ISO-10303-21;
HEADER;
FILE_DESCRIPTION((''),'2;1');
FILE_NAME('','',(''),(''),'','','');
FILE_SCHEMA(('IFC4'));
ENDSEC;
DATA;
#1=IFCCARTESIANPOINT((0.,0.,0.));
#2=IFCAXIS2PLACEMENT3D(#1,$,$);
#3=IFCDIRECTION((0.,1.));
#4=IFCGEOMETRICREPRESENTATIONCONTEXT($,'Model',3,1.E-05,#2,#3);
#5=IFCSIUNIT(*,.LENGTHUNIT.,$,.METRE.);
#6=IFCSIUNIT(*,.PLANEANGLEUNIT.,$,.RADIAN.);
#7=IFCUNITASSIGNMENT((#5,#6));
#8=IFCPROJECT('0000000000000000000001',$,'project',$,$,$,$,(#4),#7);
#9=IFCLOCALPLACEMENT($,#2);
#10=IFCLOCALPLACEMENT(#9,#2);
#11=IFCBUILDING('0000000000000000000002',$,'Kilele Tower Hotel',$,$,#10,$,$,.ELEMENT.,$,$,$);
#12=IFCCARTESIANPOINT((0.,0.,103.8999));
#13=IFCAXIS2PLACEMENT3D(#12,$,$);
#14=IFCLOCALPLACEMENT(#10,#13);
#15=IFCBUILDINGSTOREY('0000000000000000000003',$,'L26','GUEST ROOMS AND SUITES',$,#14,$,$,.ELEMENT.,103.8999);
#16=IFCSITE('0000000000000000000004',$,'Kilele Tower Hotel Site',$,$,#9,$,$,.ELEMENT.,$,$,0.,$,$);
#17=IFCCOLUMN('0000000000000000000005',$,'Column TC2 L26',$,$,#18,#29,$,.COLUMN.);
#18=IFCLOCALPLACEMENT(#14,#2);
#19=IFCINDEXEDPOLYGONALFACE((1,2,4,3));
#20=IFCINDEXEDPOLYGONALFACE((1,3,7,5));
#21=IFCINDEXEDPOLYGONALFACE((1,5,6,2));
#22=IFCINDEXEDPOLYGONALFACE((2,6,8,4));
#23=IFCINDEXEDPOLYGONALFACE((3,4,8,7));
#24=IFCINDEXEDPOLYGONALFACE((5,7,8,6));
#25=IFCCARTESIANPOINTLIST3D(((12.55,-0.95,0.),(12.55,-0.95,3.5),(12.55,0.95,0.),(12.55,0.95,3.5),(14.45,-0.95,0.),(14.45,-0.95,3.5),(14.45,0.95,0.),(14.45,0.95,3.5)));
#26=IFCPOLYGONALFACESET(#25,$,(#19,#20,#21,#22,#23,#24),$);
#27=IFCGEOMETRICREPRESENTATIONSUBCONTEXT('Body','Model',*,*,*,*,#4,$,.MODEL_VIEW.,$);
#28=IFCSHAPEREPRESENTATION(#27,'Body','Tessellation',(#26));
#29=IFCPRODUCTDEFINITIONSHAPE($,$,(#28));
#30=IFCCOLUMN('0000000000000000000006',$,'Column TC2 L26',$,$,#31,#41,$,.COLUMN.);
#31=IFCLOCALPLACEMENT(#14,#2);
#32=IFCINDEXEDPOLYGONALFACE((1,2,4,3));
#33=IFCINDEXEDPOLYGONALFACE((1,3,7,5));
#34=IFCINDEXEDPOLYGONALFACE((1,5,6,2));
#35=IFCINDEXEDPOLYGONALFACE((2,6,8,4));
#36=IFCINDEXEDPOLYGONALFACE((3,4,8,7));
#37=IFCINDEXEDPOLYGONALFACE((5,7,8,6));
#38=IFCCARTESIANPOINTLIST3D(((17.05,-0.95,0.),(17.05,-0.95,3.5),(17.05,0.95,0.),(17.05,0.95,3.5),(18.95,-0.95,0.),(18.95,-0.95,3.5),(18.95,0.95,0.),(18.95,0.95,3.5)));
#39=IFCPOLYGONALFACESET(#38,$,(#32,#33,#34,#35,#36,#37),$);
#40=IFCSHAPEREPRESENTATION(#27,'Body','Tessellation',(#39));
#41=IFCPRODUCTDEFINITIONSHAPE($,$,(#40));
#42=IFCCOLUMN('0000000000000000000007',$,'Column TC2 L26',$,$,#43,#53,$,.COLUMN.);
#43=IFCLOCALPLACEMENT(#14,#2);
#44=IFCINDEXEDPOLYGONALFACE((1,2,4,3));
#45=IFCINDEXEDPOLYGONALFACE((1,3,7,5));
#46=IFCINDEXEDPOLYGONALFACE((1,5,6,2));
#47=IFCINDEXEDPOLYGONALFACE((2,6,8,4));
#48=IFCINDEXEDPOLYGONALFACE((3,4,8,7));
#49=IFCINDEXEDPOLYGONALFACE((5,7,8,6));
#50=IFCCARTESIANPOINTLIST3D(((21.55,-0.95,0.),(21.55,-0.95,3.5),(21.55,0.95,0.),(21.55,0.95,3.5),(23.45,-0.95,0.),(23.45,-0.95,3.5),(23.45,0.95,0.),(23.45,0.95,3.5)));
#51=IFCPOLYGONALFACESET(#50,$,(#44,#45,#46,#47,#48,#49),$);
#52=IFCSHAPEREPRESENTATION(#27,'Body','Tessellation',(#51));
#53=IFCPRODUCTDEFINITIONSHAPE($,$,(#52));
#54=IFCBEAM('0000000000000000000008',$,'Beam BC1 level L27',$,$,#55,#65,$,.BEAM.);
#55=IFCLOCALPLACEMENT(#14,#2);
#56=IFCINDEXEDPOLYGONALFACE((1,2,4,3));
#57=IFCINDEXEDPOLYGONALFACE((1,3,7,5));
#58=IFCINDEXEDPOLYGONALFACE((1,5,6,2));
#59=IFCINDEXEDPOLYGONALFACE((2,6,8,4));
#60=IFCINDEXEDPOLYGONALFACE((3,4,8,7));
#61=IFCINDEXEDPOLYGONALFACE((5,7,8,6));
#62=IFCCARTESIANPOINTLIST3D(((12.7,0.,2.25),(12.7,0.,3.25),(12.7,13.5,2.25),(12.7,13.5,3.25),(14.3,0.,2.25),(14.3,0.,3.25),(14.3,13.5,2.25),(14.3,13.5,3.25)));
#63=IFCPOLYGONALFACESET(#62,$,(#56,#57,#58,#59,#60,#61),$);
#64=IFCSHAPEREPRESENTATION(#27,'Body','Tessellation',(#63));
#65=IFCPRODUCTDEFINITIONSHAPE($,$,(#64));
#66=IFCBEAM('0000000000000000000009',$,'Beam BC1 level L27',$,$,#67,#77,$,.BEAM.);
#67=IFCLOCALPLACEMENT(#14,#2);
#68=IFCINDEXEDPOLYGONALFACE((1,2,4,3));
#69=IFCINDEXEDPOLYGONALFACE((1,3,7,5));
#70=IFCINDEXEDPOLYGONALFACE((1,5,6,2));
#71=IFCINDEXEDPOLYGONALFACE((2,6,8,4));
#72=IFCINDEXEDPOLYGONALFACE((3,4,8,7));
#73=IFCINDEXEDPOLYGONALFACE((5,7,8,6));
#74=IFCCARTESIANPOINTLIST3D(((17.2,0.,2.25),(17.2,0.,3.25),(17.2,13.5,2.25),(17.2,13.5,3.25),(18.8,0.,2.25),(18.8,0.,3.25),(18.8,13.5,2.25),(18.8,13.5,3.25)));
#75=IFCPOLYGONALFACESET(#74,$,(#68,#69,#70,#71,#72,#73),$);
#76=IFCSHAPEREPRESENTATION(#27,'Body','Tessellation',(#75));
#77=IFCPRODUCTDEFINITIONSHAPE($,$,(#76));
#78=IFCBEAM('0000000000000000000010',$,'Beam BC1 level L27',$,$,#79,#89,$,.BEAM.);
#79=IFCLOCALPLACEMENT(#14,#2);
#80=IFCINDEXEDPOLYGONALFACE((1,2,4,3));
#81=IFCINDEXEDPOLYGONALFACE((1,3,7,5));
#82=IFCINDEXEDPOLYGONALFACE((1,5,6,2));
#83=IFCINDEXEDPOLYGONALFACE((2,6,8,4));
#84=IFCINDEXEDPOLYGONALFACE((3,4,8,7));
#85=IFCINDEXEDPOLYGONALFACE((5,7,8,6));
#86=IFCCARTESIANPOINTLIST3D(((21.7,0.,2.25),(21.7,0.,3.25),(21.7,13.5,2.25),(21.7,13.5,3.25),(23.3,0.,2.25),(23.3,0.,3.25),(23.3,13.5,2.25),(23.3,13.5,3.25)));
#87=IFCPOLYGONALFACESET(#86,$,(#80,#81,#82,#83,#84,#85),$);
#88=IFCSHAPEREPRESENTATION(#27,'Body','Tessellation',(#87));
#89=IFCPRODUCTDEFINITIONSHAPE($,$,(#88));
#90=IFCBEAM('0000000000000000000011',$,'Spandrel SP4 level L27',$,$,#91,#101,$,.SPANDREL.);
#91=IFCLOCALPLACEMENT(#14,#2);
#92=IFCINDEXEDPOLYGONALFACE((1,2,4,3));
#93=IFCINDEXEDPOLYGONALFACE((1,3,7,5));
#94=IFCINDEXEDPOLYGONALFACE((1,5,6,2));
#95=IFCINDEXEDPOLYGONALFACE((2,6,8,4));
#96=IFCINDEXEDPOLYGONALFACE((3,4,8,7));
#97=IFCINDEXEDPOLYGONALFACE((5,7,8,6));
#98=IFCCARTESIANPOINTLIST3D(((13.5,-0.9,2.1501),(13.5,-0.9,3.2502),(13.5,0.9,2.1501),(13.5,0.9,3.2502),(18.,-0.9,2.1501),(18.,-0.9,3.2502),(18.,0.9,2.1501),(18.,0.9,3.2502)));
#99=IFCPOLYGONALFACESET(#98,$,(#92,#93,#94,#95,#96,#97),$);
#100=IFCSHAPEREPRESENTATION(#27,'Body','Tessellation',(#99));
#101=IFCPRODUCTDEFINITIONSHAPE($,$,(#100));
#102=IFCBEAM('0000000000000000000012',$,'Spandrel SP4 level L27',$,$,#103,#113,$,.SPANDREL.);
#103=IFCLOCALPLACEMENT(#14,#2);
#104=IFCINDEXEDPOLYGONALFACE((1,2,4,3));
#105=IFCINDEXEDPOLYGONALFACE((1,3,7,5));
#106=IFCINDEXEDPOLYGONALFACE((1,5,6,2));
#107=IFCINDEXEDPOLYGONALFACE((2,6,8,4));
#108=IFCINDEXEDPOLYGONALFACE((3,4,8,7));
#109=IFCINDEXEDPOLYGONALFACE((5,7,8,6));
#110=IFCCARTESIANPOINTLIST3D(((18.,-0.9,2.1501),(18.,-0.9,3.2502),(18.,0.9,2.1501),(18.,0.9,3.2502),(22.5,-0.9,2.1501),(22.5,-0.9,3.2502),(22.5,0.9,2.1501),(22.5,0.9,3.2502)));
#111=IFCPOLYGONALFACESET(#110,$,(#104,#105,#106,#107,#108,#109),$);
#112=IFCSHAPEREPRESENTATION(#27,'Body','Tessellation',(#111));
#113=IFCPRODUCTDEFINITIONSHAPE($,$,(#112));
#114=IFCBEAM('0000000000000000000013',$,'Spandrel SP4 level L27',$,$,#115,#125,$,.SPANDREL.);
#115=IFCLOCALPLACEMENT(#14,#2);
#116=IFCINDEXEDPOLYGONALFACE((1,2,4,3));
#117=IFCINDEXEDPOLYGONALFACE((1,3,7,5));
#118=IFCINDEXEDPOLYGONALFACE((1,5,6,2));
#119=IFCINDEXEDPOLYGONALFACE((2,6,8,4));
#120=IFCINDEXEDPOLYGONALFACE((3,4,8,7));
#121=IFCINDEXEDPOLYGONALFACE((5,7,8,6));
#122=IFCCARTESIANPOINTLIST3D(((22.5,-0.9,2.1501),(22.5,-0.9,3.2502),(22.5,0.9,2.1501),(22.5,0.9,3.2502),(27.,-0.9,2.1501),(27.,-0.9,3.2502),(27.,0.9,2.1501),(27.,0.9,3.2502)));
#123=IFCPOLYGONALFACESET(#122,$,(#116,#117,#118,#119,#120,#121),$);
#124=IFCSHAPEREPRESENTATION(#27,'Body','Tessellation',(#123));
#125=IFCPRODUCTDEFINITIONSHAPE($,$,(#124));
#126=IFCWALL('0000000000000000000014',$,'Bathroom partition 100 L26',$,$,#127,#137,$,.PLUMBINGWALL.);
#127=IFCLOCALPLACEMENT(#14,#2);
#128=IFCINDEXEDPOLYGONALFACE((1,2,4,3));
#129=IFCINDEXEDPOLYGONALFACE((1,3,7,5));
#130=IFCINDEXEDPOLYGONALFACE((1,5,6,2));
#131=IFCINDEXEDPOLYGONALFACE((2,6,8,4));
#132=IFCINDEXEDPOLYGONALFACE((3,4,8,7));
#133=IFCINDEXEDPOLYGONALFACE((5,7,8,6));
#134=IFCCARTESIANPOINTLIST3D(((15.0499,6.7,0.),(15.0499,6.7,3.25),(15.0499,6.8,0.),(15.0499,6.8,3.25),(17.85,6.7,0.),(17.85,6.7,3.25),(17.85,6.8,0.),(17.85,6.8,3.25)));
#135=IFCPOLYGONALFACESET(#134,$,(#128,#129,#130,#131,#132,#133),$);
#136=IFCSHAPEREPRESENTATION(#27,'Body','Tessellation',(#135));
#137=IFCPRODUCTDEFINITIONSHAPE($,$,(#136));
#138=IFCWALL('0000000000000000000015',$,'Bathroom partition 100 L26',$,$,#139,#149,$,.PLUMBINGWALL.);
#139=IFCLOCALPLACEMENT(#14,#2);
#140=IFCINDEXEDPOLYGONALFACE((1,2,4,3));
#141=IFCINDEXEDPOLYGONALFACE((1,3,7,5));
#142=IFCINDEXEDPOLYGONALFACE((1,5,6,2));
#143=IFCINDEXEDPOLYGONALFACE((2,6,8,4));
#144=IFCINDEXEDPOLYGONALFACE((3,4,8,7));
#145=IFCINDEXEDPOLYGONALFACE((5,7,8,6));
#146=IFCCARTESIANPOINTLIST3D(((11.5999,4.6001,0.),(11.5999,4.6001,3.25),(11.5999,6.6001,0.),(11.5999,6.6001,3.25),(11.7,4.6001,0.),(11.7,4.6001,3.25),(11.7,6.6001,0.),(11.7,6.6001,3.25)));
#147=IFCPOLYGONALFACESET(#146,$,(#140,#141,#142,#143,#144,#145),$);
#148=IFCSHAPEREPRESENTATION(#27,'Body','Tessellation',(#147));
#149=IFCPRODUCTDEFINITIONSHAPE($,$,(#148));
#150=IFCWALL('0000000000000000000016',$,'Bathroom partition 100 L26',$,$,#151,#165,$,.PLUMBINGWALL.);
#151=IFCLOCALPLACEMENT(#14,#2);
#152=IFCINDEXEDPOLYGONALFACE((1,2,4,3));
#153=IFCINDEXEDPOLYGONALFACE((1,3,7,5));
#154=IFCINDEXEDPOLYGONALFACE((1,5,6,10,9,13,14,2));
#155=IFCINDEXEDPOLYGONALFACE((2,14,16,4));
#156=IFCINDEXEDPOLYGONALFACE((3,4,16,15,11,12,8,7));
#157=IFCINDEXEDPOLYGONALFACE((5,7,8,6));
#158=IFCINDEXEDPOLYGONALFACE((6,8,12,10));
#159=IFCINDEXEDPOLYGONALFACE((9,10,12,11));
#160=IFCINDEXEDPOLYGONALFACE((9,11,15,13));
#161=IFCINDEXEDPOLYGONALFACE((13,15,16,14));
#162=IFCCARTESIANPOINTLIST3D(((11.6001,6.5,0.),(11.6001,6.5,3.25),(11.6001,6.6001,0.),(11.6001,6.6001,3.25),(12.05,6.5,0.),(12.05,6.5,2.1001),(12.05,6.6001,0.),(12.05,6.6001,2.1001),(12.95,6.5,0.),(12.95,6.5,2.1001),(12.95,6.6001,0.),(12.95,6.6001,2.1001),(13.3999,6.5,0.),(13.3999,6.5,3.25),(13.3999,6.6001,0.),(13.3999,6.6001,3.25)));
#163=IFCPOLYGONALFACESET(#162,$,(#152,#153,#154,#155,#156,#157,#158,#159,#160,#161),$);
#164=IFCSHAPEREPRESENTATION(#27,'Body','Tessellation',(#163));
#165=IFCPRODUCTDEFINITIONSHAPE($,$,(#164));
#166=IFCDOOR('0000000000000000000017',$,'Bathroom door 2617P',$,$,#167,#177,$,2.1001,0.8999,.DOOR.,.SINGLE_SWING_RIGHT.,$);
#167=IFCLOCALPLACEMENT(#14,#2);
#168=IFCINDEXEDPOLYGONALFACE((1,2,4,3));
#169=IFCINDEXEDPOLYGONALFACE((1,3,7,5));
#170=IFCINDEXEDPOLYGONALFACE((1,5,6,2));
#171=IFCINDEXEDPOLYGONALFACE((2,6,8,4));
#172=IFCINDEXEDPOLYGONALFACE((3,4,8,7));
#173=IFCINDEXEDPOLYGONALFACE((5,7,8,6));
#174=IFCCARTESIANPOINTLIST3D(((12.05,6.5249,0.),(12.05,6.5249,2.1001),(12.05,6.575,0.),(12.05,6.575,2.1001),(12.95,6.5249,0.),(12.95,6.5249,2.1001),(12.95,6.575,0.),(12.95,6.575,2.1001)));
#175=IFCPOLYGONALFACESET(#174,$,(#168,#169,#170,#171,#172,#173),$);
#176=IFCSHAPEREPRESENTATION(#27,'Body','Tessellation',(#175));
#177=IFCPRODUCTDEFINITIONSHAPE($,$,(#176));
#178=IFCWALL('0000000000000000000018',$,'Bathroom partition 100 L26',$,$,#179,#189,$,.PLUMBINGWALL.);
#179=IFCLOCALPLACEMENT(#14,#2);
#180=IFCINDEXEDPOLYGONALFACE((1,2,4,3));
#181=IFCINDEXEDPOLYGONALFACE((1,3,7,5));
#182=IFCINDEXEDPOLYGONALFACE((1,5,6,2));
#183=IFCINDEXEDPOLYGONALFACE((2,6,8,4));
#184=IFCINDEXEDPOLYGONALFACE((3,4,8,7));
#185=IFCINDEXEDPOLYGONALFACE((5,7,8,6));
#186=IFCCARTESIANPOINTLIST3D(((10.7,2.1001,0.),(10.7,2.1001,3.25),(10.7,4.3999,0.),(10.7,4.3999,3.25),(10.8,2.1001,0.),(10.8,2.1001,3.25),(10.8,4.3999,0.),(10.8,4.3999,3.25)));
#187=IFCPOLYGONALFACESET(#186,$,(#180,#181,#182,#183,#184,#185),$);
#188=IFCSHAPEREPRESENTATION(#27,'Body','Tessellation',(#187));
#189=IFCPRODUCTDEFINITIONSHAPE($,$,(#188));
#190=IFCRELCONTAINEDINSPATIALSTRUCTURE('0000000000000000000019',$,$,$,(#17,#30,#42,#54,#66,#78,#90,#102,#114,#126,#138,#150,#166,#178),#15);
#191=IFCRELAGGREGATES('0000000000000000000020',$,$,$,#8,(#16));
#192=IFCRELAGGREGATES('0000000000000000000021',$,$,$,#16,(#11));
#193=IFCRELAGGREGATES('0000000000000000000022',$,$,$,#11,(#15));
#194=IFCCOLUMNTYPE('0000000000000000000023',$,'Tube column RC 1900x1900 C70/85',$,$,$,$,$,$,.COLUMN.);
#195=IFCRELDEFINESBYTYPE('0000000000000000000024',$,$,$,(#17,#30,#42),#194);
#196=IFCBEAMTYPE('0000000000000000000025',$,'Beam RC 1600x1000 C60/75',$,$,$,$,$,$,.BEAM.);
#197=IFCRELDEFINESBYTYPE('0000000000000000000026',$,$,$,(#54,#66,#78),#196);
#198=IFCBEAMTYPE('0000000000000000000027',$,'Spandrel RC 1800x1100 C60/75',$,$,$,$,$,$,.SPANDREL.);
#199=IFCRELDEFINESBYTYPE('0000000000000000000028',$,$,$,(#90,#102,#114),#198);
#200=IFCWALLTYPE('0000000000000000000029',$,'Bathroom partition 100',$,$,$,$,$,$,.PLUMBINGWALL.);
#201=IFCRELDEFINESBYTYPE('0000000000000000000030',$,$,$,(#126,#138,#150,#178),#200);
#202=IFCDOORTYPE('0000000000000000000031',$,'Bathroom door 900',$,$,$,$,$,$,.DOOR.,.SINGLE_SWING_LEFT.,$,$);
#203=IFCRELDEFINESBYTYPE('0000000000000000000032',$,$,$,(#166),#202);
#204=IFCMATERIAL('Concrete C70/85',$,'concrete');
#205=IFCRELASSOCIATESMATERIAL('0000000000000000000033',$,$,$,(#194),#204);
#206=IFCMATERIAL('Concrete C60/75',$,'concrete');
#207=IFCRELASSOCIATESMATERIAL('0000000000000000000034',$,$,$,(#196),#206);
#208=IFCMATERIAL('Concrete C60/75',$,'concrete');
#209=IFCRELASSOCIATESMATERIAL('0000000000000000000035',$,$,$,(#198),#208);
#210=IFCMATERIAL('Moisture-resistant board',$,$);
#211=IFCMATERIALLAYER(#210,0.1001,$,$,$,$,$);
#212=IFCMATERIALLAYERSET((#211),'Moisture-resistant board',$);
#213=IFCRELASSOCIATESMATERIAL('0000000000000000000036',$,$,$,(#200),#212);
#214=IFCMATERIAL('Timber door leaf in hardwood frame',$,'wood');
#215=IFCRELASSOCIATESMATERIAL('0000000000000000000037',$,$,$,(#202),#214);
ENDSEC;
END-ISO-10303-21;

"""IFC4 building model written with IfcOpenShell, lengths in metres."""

from ifc_helpers import new_model, si_unit, direction, frame, frame_2d, origin, origin_2d, place, context, subcontext, project, spatial, rectangle, extrude, material, layer, layer_set, material_profile, profile_set, type_object, element, fill, save


model = new_model("IFC4")

# Units and contexts
model_context = context("Model", 3, precision=1e-05, world=origin(), true_north=direction((0.0, 1.0)))
body_context = subcontext(model_context, "Body", "Model", "MODEL_VIEW")
ifc_project = project(units=[si_unit("LENGTHUNIT", "METRE"), si_unit("PLANEANGLEUNIT", "RADIAN")], contexts=[model_context])

# Site, building, storey
site_placement = place(None, origin())
site = spatial("IfcSite", under=ifc_project, at=site_placement, Name="Kilele Tower Hotel Site", CompositionType="ELEMENT", RefElevation=0.0)
building_placement = place(site_placement, origin())
building = spatial("IfcBuilding", under=site, at=building_placement, Name="Kilele Tower Hotel", CompositionType="ELEMENT")
storey_placement = place(building_placement, frame((0.0, 0.0, 103.8999)))
storey = spatial("IfcBuildingStorey", under=building, at=storey_placement, Name="L26", Description="GUEST ROOMS AND SUITES", CompositionType="ELEMENT", Elevation=103.8999)

# Columns
ifc_material_1 = material(Name="Concrete C70/85", Category="concrete")
ifc_material_profile_1 = material_profile(ifc_material_1, rectangle(XDim=1.8999, YDim=1.8999, at=origin_2d()))
ifc_profile_set_1 = profile_set([ifc_material_profile_1], Name="Concrete C70/85")
column_type = type_object("IfcColumnType", Name="Tube column RC 1900x1900 C70/85", PredefinedType="COLUMN", material=ifc_profile_set_1)
for number, where, z_axis, x_axis, name in (
    (1, (13.5, 0.0, 0.0), (0.0, 0.0, 1.0), (1.0, 0.0, 0.0), "Column TC2 L26"),
    (2, (18.0, 0.0, 0.0), (0.0, 0.0, 1.0), (1.0, 0.0, 0.0), "Column TC2 L26"),
    (3, (22.5, 0.0, 0.0), (0.0, 0.0, 1.0), (1.0, 0.0, 0.0), "Column TC2 L26"),
):
    element("IfcColumn", number, at=place(storey_placement, frame(where, z_axis=z_axis, x_axis=x_axis)), inside=storey, type_object=column_type, Name=name, PredefinedType="COLUMN", context=body_context, shape_type="SweptSolid", body=[
        extrude(rectangle(XDim=1.8999, YDim=1.8999, at=origin_2d()), origin(), (0.0, 0.0, 1.0), 3.5),
    ])

# Beams
ifc_material_2 = material(Name="Concrete C60/75", Category="concrete")
ifc_material_profile_2 = material_profile(ifc_material_2, rectangle(XDim=1.6001, YDim=1.0, at=origin_2d()))
ifc_profile_set_2 = profile_set([ifc_material_profile_2], Name="Concrete C60/75")
beam_type_1 = type_object("IfcBeamType", Name="Beam RC 1600x1000 C60/75", PredefinedType="BEAM", material=ifc_profile_set_2)
for number, where, z_axis, x_axis, name in (
    (4, (13.5, 0.0, 2.75), (0.0, 1.0, 0.0), (-1.0, 0.0, 0.0), "Beam BC1 level L27"),
    (5, (18.0, 0.0, 2.75), (0.0, 1.0, 0.0), (-1.0, 0.0, 0.0), "Beam BC1 level L27"),
    (6, (22.5, 0.0, 2.75), (0.0, 1.0, 0.0), (-1.0, 0.0, 0.0), "Beam BC1 level L27"),
):
    element("IfcBeam", number, at=place(storey_placement, frame(where, z_axis=z_axis, x_axis=x_axis)), inside=storey, type_object=beam_type_1, Name=name, PredefinedType="BEAM", context=body_context, shape_type="SweptSolid", body=[
        extrude(rectangle(XDim=1.6001, YDim=1.0, at=origin_2d()), origin(), (0.0, 0.0, 1.0), 13.5),
    ])
ifc_material_3 = material(Name="Concrete C60/75", Category="concrete")
ifc_material_profile_3 = material_profile(ifc_material_3, rectangle(XDim=1.8, YDim=1.1001, at=origin_2d()))
ifc_profile_set_3 = profile_set([ifc_material_profile_3], Name="Concrete C60/75")
beam_type_2 = type_object("IfcBeamType", Name="Spandrel RC 1800x1100 C60/75", PredefinedType="SPANDREL", material=ifc_profile_set_3)
for number, where, z_axis, x_axis, name in (
    (7, (13.5, 0.0, 2.7002), (1.0, 0.0, 0.0), (0.0, 1.0, 0.0), "Spandrel SP4 level L27"),
    (8, (18.0, 0.0, 2.7002), (1.0, 0.0, 0.0), (0.0, 1.0, 0.0), "Spandrel SP4 level L27"),
    (9, (22.5, 0.0, 2.7002), (1.0, 0.0, 0.0), (0.0, 1.0, 0.0), "Spandrel SP4 level L27"),
):
    element("IfcBeam", number, at=place(storey_placement, frame(where, z_axis=z_axis, x_axis=x_axis)), inside=storey, type_object=beam_type_2, Name=name, PredefinedType="SPANDREL", context=body_context, shape_type="SweptSolid", body=[
        extrude(rectangle(XDim=1.8, YDim=1.1001, at=origin_2d()), origin(), (0.0, 0.0, 1.0), 4.5),
    ])

# Walls
ifc_material_4 = material(Name="Moisture-resistant board")
ifc_layer_1 = layer(ifc_material_4, 0.1001)
ifc_layer_set_1 = layer_set([ifc_layer_1], Name="Moisture-resistant board")
wall_type_1 = type_object("IfcWallType", Name="Bathroom partition 100", PredefinedType="PLUMBINGWALL", material=ifc_layer_set_1)
wall_1_placement = place(storey_placement, frame((15.05, 6.75, 0.0), z_axis=(0.0, 0.0, 1.0), x_axis=(1.0, 0.0, 0.0)))
element("IfcWall", 10, at=wall_1_placement, inside=storey, type_object=wall_type_1, Name="Bathroom partition 100 L26", PredefinedType="PLUMBINGWALL", context=body_context, shape_type="SweptSolid", body=[
    extrude(rectangle(XDim=2.8, YDim=0.1001, at=frame_2d((1.3999, 0.0))), origin(), (0.0, 0.0, 1.0), 3.25),
])
wall_2_placement = place(storey_placement, frame((11.6499, 4.6001, 0.0), z_axis=(0.0, 0.0, 1.0), x_axis=(0.0, 1.0, 0.0)))
element("IfcWall", 11, at=wall_2_placement, inside=storey, type_object=wall_type_1, Name="Bathroom partition 100 L26", PredefinedType="PLUMBINGWALL", context=body_context, shape_type="SweptSolid", body=[
    extrude(rectangle(XDim=2.0, YDim=0.1001, at=frame_2d((1.0, 0.0))), origin(), (0.0, 0.0, 1.0), 3.25),
])

# Wall, opening, door
wall_3_placement = place(storey_placement, frame((13.3999, 6.55, 0.0), z_axis=(0.0, 0.0, 1.0), x_axis=(-1.0, 0.0, 0.0)))
wall_3 = element("IfcWall", 12, at=wall_3_placement, inside=storey, type_object=wall_type_1, Name="Bathroom partition 100 L26", PredefinedType="PLUMBINGWALL", context=body_context, shape_type="SweptSolid", body=[
    extrude(rectangle(XDim=1.7998, YDim=0.1001, at=frame_2d((0.8999, 0.0))), origin(), (0.0, 0.0, 1.0), 3.25),
])
opening_1_placement = place(wall_3_placement, frame((1.3499, 0.0, 0.0), z_axis=(0.0, 0.0, 1.0), x_axis=(-1.0, 0.0, 0.0)))
opening_1 = element("IfcOpeningElement", 13, at=opening_1_placement, cuts=wall_3, PredefinedType="OPENING", context=body_context, shape_type="SweptSolid", body=[
    extrude(rectangle(XDim=0.8999, YDim=2.1001, at=frame_2d((0.45, 1.05))), frame((0.0, 0.0601, 0.0), z_axis=(0.0, -1.0, 0.0), x_axis=(1.0, 0.0, 0.0)), (0.0, 0.0, 1.0), 0.1201),
])
ifc_material_5 = material(Name="Timber door leaf in hardwood frame", Category="wood")
door_type_1 = type_object("IfcDoorType", Name="Bathroom door 900", OperationType="SINGLE_SWING_LEFT", PredefinedType="DOOR", material=ifc_material_5)
door_1_placement = place(opening_1_placement, origin())
door_1 = element("IfcDoor", 14, at=door_1_placement, inside=storey, type_object=door_type_1, Name="Bathroom door 2617P", OperationType="SINGLE_SWING_RIGHT", OverallHeight=2.1001, OverallWidth=0.8999, PredefinedType="DOOR", context=body_context, shape_type="SweptSolid", body=[
    extrude(rectangle(XDim=0.8999, YDim=2.1001, at=frame_2d((0.45, 1.05))), frame((0.0, 0.0249, 0.0), z_axis=(0.0, -1.0, 0.0), x_axis=(1.0, 0.0, 0.0)), (0.0, 0.0, 1.0), 0.05),
])
fill(opening_1, door_1)

# Wall
wall_4_placement = place(storey_placement, frame((10.75, 4.3999, 0.0), z_axis=(0.0, 0.0, 1.0), x_axis=(0.0, -1.0, 0.0)))
element("IfcWall", 15, at=wall_4_placement, inside=storey, type_object=wall_type_1, Name="Bathroom partition 100 L26", PredefinedType="PLUMBINGWALL", context=body_context, shape_type="SweptSolid", body=[
    extrude(rectangle(XDim=2.2998, YDim=0.1001, at=frame_2d((1.1499, 0.0))), origin(), (0.0, 0.0, 1.0), 3.25),
])

save(model, "model.ifc")
